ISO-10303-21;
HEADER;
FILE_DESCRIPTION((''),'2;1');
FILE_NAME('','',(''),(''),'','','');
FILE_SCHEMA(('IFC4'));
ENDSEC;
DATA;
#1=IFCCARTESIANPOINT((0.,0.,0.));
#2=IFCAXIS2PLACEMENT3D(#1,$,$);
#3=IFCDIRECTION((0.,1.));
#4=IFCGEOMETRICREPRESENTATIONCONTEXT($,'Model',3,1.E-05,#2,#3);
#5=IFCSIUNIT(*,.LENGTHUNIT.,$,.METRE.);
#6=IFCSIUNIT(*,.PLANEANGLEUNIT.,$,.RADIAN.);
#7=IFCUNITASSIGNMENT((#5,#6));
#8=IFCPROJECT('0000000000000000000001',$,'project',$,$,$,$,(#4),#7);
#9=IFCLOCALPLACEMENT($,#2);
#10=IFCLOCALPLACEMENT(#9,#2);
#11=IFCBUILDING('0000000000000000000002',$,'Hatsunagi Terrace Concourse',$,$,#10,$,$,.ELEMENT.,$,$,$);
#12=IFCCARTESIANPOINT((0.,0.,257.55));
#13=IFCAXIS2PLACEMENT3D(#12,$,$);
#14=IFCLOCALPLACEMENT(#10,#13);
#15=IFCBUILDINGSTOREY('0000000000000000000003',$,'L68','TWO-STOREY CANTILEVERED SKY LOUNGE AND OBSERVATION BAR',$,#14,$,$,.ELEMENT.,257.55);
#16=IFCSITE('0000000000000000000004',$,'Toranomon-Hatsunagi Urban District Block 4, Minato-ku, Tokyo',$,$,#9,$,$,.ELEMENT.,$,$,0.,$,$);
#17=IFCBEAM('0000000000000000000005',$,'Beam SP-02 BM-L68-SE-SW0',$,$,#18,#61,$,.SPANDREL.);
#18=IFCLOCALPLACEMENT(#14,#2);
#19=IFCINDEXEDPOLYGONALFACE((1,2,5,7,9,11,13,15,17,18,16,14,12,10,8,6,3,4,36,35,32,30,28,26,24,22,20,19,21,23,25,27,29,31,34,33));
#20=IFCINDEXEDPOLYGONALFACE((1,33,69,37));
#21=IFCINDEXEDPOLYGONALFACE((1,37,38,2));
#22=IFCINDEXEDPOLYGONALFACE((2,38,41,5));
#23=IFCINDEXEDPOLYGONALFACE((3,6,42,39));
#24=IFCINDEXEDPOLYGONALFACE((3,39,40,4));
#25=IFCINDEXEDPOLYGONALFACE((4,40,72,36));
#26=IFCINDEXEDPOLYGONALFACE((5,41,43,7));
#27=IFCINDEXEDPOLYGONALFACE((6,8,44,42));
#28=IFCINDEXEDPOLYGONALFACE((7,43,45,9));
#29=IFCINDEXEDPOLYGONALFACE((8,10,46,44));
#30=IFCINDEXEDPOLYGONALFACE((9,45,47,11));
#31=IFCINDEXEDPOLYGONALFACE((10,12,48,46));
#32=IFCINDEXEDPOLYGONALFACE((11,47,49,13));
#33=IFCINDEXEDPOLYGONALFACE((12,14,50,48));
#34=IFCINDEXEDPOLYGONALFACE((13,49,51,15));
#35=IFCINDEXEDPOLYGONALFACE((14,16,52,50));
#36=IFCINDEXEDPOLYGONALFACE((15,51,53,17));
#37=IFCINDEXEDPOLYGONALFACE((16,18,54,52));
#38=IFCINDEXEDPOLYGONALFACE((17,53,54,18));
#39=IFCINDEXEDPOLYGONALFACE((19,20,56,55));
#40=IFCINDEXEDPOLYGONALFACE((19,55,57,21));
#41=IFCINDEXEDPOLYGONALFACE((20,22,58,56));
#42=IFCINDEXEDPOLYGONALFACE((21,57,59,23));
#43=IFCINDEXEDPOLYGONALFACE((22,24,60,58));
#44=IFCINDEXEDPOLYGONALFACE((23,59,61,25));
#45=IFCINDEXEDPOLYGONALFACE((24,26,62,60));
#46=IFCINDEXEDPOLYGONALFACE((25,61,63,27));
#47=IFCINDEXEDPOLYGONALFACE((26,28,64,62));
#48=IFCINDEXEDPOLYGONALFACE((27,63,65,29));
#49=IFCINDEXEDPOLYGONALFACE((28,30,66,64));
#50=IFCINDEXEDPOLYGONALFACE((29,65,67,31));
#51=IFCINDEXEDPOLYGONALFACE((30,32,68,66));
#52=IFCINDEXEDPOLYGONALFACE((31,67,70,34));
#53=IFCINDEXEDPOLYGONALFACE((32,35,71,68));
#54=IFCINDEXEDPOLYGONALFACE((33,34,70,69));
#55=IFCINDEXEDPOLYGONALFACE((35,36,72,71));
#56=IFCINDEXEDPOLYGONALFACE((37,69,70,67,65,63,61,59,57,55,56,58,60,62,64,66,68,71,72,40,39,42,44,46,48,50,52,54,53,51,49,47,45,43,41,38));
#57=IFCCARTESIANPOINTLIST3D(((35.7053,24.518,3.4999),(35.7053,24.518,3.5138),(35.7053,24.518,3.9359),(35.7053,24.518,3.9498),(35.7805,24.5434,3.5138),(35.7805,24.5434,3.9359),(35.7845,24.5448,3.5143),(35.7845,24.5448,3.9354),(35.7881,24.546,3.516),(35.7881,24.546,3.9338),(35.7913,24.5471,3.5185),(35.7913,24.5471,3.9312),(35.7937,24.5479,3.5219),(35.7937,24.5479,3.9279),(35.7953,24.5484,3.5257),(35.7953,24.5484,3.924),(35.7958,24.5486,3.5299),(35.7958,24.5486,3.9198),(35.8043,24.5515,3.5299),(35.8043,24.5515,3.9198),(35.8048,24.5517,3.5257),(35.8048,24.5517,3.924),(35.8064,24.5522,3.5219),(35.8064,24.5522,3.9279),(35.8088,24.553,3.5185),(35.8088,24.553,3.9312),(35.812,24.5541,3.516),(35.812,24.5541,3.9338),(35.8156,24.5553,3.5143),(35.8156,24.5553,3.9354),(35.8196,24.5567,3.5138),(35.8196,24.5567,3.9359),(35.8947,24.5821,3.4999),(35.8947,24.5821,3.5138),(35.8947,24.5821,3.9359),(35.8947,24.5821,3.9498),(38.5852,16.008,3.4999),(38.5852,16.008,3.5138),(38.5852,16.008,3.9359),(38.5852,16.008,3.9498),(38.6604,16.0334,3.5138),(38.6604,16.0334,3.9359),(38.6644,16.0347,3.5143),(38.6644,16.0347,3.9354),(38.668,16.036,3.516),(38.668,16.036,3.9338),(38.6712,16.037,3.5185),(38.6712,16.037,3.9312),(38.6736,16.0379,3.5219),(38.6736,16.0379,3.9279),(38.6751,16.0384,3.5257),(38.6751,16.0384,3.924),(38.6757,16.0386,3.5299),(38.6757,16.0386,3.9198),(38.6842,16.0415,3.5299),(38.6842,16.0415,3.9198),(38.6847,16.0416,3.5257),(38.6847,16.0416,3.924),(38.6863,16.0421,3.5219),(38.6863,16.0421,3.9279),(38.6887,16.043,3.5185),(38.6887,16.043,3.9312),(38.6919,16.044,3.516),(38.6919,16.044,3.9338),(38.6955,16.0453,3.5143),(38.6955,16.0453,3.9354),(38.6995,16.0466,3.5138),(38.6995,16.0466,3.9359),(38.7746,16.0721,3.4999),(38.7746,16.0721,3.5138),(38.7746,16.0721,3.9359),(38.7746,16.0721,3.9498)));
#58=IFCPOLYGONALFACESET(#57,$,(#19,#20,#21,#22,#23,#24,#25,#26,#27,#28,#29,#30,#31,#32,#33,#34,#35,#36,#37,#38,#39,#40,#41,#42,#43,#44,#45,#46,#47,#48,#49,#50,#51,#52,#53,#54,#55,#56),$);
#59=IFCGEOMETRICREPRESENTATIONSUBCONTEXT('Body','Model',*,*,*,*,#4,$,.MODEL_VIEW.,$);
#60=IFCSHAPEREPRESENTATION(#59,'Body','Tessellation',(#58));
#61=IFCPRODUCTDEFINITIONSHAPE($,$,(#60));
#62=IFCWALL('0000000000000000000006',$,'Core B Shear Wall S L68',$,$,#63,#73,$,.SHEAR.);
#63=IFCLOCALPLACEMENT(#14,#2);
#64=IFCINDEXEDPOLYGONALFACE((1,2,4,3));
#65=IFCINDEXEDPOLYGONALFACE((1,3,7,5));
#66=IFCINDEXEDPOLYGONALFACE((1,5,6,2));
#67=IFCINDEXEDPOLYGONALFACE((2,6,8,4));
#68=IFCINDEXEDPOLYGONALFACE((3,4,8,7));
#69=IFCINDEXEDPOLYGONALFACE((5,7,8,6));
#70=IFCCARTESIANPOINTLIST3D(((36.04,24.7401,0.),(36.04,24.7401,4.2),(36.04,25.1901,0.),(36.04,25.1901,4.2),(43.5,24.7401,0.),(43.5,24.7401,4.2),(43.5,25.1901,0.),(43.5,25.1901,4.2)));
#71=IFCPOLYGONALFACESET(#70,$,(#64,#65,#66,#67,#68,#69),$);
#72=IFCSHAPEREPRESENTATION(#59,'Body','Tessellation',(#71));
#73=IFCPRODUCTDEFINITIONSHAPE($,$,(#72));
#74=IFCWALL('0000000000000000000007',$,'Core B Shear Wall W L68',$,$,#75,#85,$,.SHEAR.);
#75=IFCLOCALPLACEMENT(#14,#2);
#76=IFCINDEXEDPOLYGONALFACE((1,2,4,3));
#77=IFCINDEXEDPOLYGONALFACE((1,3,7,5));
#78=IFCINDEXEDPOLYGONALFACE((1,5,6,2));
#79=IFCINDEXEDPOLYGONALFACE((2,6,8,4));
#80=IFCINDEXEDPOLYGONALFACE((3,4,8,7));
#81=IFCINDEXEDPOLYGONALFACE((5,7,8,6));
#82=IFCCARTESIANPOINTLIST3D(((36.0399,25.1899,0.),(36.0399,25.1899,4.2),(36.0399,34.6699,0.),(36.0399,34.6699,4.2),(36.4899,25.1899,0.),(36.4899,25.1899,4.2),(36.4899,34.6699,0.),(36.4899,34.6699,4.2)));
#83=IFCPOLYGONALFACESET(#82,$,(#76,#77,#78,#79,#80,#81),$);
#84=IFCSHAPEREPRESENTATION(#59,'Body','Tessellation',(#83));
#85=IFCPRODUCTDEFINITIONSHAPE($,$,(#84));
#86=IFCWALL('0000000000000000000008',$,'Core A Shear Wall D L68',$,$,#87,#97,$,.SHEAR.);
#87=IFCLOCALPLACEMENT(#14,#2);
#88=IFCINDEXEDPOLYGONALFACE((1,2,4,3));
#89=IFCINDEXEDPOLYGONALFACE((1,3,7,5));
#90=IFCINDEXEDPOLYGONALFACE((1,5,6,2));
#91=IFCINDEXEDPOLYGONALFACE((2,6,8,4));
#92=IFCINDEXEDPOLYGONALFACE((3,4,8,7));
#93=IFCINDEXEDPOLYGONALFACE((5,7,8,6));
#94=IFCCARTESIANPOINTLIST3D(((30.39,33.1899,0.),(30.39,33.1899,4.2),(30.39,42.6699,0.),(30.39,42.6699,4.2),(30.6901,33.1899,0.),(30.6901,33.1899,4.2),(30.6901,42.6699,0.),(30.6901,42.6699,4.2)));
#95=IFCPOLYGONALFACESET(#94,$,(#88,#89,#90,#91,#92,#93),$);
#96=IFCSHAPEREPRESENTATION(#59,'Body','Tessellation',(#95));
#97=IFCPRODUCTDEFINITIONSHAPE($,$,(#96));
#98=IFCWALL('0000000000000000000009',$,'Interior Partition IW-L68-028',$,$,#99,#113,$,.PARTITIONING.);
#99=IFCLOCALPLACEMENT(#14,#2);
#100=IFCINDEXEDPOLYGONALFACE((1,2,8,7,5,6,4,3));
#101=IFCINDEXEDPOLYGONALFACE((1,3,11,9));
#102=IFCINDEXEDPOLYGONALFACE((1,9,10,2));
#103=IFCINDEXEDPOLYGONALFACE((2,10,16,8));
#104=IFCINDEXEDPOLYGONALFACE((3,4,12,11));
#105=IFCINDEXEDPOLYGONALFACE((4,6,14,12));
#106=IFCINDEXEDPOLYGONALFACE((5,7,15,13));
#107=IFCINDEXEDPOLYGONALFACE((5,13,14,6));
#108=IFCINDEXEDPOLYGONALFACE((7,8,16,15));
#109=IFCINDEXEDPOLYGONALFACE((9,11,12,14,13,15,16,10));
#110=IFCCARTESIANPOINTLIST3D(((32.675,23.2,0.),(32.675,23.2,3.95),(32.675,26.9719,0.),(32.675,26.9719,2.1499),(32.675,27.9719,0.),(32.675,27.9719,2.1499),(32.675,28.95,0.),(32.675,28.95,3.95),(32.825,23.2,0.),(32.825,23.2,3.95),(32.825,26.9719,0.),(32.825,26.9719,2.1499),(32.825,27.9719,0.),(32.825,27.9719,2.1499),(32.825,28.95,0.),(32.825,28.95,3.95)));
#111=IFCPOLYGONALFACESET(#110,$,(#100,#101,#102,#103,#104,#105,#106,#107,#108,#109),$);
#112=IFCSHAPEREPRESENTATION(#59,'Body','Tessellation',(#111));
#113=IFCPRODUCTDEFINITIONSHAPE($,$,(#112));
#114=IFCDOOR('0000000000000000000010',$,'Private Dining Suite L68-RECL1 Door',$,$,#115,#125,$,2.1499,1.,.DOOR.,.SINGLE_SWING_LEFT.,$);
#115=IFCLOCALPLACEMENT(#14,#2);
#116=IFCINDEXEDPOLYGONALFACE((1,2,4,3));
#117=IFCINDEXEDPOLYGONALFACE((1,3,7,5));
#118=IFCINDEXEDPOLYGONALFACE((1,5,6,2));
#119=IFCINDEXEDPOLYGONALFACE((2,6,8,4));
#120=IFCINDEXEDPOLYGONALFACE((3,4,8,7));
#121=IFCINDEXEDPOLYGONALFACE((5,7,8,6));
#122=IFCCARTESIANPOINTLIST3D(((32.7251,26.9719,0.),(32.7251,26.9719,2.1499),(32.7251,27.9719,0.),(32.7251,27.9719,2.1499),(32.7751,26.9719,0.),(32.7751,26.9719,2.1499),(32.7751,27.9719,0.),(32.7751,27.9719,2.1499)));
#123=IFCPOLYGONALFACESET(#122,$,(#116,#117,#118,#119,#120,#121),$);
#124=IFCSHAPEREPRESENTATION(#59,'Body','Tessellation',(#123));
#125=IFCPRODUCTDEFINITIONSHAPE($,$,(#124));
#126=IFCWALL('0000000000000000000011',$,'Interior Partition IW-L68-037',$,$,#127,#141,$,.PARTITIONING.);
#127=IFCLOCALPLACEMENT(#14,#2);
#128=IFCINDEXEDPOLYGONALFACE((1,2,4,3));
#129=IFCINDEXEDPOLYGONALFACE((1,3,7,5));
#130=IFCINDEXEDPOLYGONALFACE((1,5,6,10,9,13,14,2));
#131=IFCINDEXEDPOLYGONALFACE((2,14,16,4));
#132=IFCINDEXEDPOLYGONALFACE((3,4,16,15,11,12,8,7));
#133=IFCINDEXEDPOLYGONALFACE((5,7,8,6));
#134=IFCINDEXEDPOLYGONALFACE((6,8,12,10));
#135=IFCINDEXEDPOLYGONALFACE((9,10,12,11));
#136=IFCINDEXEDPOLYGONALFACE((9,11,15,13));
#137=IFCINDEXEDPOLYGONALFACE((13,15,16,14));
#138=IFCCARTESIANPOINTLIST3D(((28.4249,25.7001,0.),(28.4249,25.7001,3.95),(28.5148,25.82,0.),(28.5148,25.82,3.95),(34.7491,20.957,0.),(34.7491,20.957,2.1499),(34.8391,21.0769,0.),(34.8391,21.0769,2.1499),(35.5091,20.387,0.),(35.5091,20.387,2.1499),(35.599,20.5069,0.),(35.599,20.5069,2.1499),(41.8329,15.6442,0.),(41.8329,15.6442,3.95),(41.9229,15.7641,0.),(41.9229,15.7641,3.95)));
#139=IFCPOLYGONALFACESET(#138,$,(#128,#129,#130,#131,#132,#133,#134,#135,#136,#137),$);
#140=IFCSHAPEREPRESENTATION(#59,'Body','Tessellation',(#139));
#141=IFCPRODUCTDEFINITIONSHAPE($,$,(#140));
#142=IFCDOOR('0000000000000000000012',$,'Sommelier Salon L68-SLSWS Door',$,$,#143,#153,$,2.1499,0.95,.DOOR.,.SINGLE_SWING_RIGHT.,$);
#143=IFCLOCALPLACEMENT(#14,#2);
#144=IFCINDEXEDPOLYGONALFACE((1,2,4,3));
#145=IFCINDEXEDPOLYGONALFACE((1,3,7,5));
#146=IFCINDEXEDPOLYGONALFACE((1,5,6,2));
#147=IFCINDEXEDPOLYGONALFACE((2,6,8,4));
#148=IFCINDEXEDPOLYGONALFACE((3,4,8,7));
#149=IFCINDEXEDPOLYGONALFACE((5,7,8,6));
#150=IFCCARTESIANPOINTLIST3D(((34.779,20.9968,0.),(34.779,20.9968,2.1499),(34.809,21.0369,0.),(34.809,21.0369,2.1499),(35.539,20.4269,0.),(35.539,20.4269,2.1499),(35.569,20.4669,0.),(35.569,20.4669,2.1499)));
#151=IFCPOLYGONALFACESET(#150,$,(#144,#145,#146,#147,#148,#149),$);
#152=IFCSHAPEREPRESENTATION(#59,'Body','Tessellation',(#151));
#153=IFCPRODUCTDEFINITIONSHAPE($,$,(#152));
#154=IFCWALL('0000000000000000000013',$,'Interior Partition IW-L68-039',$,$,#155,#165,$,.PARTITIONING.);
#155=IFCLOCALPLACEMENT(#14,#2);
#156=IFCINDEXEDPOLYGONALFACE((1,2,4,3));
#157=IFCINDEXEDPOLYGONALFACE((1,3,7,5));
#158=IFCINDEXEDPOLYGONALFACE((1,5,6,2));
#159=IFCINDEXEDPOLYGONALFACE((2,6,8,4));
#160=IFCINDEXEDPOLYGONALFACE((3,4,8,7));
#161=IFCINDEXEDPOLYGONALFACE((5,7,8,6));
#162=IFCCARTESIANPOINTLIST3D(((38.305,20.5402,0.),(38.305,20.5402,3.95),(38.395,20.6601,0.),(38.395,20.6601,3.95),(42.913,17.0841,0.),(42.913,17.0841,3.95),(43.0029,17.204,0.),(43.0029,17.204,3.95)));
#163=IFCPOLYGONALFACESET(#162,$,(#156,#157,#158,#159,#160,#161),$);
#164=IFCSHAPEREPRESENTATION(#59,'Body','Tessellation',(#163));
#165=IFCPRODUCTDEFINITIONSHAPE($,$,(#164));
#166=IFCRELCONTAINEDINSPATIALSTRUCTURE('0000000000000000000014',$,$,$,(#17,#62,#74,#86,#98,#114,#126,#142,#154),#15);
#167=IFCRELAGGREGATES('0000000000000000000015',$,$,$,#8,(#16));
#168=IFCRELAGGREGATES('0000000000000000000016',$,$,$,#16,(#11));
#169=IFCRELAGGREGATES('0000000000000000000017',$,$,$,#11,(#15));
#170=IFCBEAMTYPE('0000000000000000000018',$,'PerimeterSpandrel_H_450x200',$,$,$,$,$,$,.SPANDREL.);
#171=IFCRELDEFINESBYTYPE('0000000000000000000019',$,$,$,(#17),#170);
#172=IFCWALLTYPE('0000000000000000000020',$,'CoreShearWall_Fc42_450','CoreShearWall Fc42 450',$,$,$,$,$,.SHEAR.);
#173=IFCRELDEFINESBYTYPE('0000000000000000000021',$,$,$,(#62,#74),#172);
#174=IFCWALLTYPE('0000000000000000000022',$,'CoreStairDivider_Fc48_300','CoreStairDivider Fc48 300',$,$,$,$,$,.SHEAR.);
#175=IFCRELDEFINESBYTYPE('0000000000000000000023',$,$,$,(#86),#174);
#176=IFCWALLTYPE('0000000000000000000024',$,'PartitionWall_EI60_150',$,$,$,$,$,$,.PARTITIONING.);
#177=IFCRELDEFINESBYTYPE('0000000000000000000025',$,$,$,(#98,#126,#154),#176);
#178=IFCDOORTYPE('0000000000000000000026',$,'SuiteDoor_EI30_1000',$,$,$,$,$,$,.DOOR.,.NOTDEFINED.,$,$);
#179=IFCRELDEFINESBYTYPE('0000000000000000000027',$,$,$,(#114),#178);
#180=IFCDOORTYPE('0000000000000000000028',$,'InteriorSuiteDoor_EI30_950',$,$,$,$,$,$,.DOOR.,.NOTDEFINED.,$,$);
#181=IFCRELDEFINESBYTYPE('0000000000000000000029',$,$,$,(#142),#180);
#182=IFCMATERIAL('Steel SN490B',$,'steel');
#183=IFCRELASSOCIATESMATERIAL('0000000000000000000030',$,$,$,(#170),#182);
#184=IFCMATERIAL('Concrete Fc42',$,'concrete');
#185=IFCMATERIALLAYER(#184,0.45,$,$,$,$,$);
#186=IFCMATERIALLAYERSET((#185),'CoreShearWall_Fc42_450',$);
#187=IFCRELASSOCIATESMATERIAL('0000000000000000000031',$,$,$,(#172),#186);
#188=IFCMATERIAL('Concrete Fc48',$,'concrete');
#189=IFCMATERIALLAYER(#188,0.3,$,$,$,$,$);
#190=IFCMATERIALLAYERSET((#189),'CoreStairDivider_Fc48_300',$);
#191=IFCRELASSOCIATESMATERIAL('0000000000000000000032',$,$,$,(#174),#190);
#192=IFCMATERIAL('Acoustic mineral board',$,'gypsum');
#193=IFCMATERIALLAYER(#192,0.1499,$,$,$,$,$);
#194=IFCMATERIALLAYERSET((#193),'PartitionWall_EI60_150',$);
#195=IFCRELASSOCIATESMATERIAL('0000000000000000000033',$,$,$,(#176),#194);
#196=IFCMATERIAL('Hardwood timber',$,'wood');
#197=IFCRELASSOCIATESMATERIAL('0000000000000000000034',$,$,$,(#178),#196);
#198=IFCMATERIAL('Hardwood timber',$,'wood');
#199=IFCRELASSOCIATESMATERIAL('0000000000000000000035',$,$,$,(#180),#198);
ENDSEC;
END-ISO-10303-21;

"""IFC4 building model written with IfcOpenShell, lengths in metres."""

from ifc_helpers import new_model, si_unit, direction, frame, frame_2d, origin, origin_2d, place, context, subcontext, project, spatial, rectangle, i_section, extrude, material, layer, layer_set, material_profile, profile_set, type_object, element, fill, save


model = new_model("IFC4")

# Units and contexts
model_context = context("Model", 3, precision=1e-05, world=origin(), true_north=direction((0.0, 1.0)))
body_context = subcontext(model_context, "Body", "Model", "MODEL_VIEW")
ifc_project = project(units=[si_unit("LENGTHUNIT", "METRE"), si_unit("PLANEANGLEUNIT", "RADIAN")], contexts=[model_context])

# Site, building, storey
site_placement = place(None, origin())
site = spatial("IfcSite", under=ifc_project, at=site_placement, Name="Toranomon-Hatsunagi Urban District Block 4, Minato-ku, Tokyo", CompositionType="ELEMENT", RefElevation=0.0)
building_placement = place(site_placement, origin())
building = spatial("IfcBuilding", under=site, at=building_placement, Name="Hatsunagi Terrace Concourse", CompositionType="ELEMENT")
storey_placement = place(building_placement, frame((0.0, 0.0, 257.55)))
storey = spatial("IfcBuildingStorey", under=building, at=storey_placement, Name="L68", Description="TWO-STOREY CANTILEVERED SKY LOUNGE AND OBSERVATION BAR", CompositionType="ELEMENT", Elevation=257.55)

# Beam
ifc_material_1 = material(Name="Steel SN490B", Category="steel")
ifc_material_profile_1 = material_profile(ifc_material_1, i_section(OverallWidth=0.2, OverallDepth=0.45, WebThickness=0.009, FlangeThickness=0.0139, FilletRadius=0.0161, at=origin_2d()), Name="H-450x200x9x14")
ifc_profile_set_1 = profile_set([ifc_material_profile_1], Name="Steel SN490B")
beam_type_1 = type_object("IfcBeamType", Name="PerimeterSpandrel_H_450x200", PredefinedType="SPANDREL", material=ifc_profile_set_1)
beam_1_placement = place(storey_placement, frame((35.8, 24.55, 3.7249), z_axis=(0.320553, -0.94723, 0.0), x_axis=(0.94723, 0.320553, 0.0)))
element("IfcBeam", 1, at=beam_1_placement, inside=storey, type_object=beam_type_1, Name="Beam SP-02 BM-L68-SE-SW0", PredefinedType="SPANDREL", context=body_context, shape_type="SweptSolid", body=[
    extrude(i_section(OverallWidth=0.2, OverallDepth=0.45, WebThickness=0.009, FlangeThickness=0.0139, FilletRadius=0.0161, at=origin_2d()), origin(), (0.0, 0.0, 1.0), 8.9841),
])

# Walls
ifc_material_2 = material(Name="Concrete Fc42", Category="concrete")
ifc_layer_1 = layer(ifc_material_2, 0.45)
ifc_layer_set_1 = layer_set([ifc_layer_1], Name="CoreShearWall_Fc42_450")
wall_type_1 = type_object("IfcWallType", Name="CoreShearWall_Fc42_450", Description="CoreShearWall Fc42 450", PredefinedType="SHEAR", material=ifc_layer_set_1)
wall_1_placement = place(storey_placement, frame((36.04, 24.9651, 0.0), z_axis=(0.0, 0.0, 1.0), x_axis=(1.0, 0.0, 0.0)))
element("IfcWall", 2, at=wall_1_placement, inside=storey, type_object=wall_type_1, Name="Core B Shear Wall S L68", PredefinedType="SHEAR", context=body_context, shape_type="SweptSolid", body=[
    extrude(rectangle(XDim=7.46, YDim=0.45, at=frame_2d((3.73, 0.0))), origin(), (0.0, 0.0, 1.0), 4.2),
])
wall_2_placement = place(storey_placement, frame((36.2649, 25.1899, 0.0), z_axis=(0.0, 0.0, 1.0), x_axis=(0.0, 1.0, 0.0)))
element("IfcWall", 3, at=wall_2_placement, inside=storey, type_object=wall_type_1, Name="Core B Shear Wall W L68", PredefinedType="SHEAR", context=body_context, shape_type="SweptSolid", body=[
    extrude(rectangle(XDim=9.48, YDim=0.45, at=frame_2d((4.74, 0.0))), origin(), (0.0, 0.0, 1.0), 4.2),
])
ifc_material_3 = material(Name="Concrete Fc48", Category="concrete")
ifc_layer_2 = layer(ifc_material_3, 0.3)
ifc_layer_set_2 = layer_set([ifc_layer_2], Name="CoreStairDivider_Fc48_300")
wall_type_2 = type_object("IfcWallType", Name="CoreStairDivider_Fc48_300", Description="CoreStairDivider Fc48 300", PredefinedType="SHEAR", material=ifc_layer_set_2)
wall_3_placement = place(storey_placement, frame((30.54, 33.1899, 0.0), z_axis=(0.0, 0.0, 1.0), x_axis=(0.0, 1.0, 0.0)))
element("IfcWall", 4, at=wall_3_placement, inside=storey, type_object=wall_type_2, Name="Core A Shear Wall D L68", PredefinedType="SHEAR", context=body_context, shape_type="SweptSolid", body=[
    extrude(rectangle(XDim=9.48, YDim=0.3, at=frame_2d((4.74, 0.0))), origin(), (0.0, 0.0, 1.0), 4.2),
])

# Walls, openings, doors
ifc_material_4 = material(Name="Acoustic mineral board", Category="gypsum")
ifc_layer_3 = layer(ifc_material_4, 0.1499)
ifc_layer_set_3 = layer_set([ifc_layer_3], Name="PartitionWall_EI60_150")
wall_type_3 = type_object("IfcWallType", Name="PartitionWall_EI60_150", PredefinedType="PARTITIONING", material=ifc_layer_set_3)
wall_4_placement = place(storey_placement, frame((32.75, 23.2, 0.0), z_axis=(0.0, 0.0, 1.0), x_axis=(0.0, 1.0, 0.0)))
wall_4 = element("IfcWall", 5, at=wall_4_placement, inside=storey, type_object=wall_type_3, Name="Interior Partition IW-L68-028", PredefinedType="PARTITIONING", context=body_context, shape_type="SweptSolid", body=[
    extrude(rectangle(XDim=5.75, YDim=0.1499, at=frame_2d((2.875, 0.0))), origin(), (0.0, 0.0, 1.0), 3.95),
])
opening_1_placement = place(wall_4_placement, frame((3.772, 0.0, 0.0)))
opening_1 = element("IfcOpeningElement", 6, at=opening_1_placement, cuts=wall_4, PredefinedType="OPENING", context=body_context, shape_type="SweptSolid", body=[
    extrude(rectangle(XDim=1.0, YDim=2.1499, at=frame_2d((0.5, 1.075))), frame((0.0, 0.085, 0.0), z_axis=(0.0, -1.0, 0.0), x_axis=(1.0, 0.0, 0.0)), (0.0, 0.0, 1.0), 0.1699),
])
ifc_material_5 = material(Name="Hardwood timber", Category="wood")
door_type_1 = type_object("IfcDoorType", Name="SuiteDoor_EI30_1000", OperationType="NOTDEFINED", PredefinedType="DOOR", material=ifc_material_5)
door_1_placement = place(opening_1_placement, origin())
door_1 = element("IfcDoor", 7, at=door_1_placement, inside=storey, type_object=door_type_1, Name="Private Dining Suite L68-RECL1 Door", OperationType="SINGLE_SWING_LEFT", OverallHeight=2.1499, OverallWidth=1.0, PredefinedType="DOOR", context=body_context, shape_type="SweptSolid", body=[
    extrude(rectangle(XDim=1.0, YDim=2.1499, at=frame_2d((0.5, 1.075))), frame((0.0, 0.0249, 0.0), z_axis=(0.0, -1.0, 0.0), x_axis=(1.0, 0.0, 0.0)), (0.0, 0.0, 1.0), 0.05),
])
fill(opening_1, door_1)
wall_5_placement = place(storey_placement, frame((28.47, 25.76, 0.0), z_axis=(0.0, 0.0, 1.0), x_axis=(0.800002, -0.599998, 0.0)))
wall_5 = element("IfcWall", 8, at=wall_5_placement, inside=storey, type_object=wall_type_3, Name="Interior Partition IW-L68-037", PredefinedType="PARTITIONING", context=body_context, shape_type="SweptSolid", body=[
    extrude(rectangle(XDim=16.76, YDim=0.1499, at=frame_2d((8.3799, 0.0))), origin(), (0.0, 0.0, 1.0), 3.95),
])
opening_2_placement = place(wall_5_placement, frame((7.905, 0.0, 0.0)))
opening_2 = element("IfcOpeningElement", 9, at=opening_2_placement, cuts=wall_5, PredefinedType="OPENING", context=body_context, shape_type="SweptSolid", body=[
    extrude(rectangle(XDim=0.95, YDim=2.1499, at=frame_2d((0.4751, 1.075))), frame((0.0, 0.085, 0.0), z_axis=(0.0, -1.0, 0.0), x_axis=(1.0, 0.0, 0.0)), (0.0, 0.0, 1.0), 0.1699),
])
ifc_material_6 = material(Name="Hardwood timber", Category="wood")
door_type_2 = type_object("IfcDoorType", Name="InteriorSuiteDoor_EI30_950", OperationType="NOTDEFINED", PredefinedType="DOOR", material=ifc_material_6)
door_2_placement = place(opening_2_placement, origin())
door_2 = element("IfcDoor", 10, at=door_2_placement, inside=storey, type_object=door_type_2, Name="Sommelier Salon L68-SLSWS Door", OperationType="SINGLE_SWING_RIGHT", OverallHeight=2.1499, OverallWidth=0.95, PredefinedType="DOOR", context=body_context, shape_type="SweptSolid", body=[
    extrude(rectangle(XDim=0.95, YDim=2.1499, at=frame_2d((0.4751, 1.075))), frame((0.0, 0.0249, 0.0), z_axis=(0.0, -1.0, 0.0), x_axis=(1.0, 0.0, 0.0)), (0.0, 0.0, 1.0), 0.05),
])
fill(opening_2, door_2)

# Wall
wall_6_placement = place(storey_placement, frame((38.3501, 20.6001, 0.0), z_axis=(0.0, 0.0, 1.0), x_axis=(0.79999, -0.600014, 0.0)))
element("IfcWall", 11, at=wall_6_placement, inside=storey, type_object=wall_type_3, Name="Interior Partition IW-L68-039", PredefinedType="PARTITIONING", context=body_context, shape_type="SweptSolid", body=[
    extrude(rectangle(XDim=5.76, YDim=0.1499, at=frame_2d((2.8799, 0.0))), origin(), (0.0, 0.0, 1.0), 3.95),
])

save(model, "model.ifc")
